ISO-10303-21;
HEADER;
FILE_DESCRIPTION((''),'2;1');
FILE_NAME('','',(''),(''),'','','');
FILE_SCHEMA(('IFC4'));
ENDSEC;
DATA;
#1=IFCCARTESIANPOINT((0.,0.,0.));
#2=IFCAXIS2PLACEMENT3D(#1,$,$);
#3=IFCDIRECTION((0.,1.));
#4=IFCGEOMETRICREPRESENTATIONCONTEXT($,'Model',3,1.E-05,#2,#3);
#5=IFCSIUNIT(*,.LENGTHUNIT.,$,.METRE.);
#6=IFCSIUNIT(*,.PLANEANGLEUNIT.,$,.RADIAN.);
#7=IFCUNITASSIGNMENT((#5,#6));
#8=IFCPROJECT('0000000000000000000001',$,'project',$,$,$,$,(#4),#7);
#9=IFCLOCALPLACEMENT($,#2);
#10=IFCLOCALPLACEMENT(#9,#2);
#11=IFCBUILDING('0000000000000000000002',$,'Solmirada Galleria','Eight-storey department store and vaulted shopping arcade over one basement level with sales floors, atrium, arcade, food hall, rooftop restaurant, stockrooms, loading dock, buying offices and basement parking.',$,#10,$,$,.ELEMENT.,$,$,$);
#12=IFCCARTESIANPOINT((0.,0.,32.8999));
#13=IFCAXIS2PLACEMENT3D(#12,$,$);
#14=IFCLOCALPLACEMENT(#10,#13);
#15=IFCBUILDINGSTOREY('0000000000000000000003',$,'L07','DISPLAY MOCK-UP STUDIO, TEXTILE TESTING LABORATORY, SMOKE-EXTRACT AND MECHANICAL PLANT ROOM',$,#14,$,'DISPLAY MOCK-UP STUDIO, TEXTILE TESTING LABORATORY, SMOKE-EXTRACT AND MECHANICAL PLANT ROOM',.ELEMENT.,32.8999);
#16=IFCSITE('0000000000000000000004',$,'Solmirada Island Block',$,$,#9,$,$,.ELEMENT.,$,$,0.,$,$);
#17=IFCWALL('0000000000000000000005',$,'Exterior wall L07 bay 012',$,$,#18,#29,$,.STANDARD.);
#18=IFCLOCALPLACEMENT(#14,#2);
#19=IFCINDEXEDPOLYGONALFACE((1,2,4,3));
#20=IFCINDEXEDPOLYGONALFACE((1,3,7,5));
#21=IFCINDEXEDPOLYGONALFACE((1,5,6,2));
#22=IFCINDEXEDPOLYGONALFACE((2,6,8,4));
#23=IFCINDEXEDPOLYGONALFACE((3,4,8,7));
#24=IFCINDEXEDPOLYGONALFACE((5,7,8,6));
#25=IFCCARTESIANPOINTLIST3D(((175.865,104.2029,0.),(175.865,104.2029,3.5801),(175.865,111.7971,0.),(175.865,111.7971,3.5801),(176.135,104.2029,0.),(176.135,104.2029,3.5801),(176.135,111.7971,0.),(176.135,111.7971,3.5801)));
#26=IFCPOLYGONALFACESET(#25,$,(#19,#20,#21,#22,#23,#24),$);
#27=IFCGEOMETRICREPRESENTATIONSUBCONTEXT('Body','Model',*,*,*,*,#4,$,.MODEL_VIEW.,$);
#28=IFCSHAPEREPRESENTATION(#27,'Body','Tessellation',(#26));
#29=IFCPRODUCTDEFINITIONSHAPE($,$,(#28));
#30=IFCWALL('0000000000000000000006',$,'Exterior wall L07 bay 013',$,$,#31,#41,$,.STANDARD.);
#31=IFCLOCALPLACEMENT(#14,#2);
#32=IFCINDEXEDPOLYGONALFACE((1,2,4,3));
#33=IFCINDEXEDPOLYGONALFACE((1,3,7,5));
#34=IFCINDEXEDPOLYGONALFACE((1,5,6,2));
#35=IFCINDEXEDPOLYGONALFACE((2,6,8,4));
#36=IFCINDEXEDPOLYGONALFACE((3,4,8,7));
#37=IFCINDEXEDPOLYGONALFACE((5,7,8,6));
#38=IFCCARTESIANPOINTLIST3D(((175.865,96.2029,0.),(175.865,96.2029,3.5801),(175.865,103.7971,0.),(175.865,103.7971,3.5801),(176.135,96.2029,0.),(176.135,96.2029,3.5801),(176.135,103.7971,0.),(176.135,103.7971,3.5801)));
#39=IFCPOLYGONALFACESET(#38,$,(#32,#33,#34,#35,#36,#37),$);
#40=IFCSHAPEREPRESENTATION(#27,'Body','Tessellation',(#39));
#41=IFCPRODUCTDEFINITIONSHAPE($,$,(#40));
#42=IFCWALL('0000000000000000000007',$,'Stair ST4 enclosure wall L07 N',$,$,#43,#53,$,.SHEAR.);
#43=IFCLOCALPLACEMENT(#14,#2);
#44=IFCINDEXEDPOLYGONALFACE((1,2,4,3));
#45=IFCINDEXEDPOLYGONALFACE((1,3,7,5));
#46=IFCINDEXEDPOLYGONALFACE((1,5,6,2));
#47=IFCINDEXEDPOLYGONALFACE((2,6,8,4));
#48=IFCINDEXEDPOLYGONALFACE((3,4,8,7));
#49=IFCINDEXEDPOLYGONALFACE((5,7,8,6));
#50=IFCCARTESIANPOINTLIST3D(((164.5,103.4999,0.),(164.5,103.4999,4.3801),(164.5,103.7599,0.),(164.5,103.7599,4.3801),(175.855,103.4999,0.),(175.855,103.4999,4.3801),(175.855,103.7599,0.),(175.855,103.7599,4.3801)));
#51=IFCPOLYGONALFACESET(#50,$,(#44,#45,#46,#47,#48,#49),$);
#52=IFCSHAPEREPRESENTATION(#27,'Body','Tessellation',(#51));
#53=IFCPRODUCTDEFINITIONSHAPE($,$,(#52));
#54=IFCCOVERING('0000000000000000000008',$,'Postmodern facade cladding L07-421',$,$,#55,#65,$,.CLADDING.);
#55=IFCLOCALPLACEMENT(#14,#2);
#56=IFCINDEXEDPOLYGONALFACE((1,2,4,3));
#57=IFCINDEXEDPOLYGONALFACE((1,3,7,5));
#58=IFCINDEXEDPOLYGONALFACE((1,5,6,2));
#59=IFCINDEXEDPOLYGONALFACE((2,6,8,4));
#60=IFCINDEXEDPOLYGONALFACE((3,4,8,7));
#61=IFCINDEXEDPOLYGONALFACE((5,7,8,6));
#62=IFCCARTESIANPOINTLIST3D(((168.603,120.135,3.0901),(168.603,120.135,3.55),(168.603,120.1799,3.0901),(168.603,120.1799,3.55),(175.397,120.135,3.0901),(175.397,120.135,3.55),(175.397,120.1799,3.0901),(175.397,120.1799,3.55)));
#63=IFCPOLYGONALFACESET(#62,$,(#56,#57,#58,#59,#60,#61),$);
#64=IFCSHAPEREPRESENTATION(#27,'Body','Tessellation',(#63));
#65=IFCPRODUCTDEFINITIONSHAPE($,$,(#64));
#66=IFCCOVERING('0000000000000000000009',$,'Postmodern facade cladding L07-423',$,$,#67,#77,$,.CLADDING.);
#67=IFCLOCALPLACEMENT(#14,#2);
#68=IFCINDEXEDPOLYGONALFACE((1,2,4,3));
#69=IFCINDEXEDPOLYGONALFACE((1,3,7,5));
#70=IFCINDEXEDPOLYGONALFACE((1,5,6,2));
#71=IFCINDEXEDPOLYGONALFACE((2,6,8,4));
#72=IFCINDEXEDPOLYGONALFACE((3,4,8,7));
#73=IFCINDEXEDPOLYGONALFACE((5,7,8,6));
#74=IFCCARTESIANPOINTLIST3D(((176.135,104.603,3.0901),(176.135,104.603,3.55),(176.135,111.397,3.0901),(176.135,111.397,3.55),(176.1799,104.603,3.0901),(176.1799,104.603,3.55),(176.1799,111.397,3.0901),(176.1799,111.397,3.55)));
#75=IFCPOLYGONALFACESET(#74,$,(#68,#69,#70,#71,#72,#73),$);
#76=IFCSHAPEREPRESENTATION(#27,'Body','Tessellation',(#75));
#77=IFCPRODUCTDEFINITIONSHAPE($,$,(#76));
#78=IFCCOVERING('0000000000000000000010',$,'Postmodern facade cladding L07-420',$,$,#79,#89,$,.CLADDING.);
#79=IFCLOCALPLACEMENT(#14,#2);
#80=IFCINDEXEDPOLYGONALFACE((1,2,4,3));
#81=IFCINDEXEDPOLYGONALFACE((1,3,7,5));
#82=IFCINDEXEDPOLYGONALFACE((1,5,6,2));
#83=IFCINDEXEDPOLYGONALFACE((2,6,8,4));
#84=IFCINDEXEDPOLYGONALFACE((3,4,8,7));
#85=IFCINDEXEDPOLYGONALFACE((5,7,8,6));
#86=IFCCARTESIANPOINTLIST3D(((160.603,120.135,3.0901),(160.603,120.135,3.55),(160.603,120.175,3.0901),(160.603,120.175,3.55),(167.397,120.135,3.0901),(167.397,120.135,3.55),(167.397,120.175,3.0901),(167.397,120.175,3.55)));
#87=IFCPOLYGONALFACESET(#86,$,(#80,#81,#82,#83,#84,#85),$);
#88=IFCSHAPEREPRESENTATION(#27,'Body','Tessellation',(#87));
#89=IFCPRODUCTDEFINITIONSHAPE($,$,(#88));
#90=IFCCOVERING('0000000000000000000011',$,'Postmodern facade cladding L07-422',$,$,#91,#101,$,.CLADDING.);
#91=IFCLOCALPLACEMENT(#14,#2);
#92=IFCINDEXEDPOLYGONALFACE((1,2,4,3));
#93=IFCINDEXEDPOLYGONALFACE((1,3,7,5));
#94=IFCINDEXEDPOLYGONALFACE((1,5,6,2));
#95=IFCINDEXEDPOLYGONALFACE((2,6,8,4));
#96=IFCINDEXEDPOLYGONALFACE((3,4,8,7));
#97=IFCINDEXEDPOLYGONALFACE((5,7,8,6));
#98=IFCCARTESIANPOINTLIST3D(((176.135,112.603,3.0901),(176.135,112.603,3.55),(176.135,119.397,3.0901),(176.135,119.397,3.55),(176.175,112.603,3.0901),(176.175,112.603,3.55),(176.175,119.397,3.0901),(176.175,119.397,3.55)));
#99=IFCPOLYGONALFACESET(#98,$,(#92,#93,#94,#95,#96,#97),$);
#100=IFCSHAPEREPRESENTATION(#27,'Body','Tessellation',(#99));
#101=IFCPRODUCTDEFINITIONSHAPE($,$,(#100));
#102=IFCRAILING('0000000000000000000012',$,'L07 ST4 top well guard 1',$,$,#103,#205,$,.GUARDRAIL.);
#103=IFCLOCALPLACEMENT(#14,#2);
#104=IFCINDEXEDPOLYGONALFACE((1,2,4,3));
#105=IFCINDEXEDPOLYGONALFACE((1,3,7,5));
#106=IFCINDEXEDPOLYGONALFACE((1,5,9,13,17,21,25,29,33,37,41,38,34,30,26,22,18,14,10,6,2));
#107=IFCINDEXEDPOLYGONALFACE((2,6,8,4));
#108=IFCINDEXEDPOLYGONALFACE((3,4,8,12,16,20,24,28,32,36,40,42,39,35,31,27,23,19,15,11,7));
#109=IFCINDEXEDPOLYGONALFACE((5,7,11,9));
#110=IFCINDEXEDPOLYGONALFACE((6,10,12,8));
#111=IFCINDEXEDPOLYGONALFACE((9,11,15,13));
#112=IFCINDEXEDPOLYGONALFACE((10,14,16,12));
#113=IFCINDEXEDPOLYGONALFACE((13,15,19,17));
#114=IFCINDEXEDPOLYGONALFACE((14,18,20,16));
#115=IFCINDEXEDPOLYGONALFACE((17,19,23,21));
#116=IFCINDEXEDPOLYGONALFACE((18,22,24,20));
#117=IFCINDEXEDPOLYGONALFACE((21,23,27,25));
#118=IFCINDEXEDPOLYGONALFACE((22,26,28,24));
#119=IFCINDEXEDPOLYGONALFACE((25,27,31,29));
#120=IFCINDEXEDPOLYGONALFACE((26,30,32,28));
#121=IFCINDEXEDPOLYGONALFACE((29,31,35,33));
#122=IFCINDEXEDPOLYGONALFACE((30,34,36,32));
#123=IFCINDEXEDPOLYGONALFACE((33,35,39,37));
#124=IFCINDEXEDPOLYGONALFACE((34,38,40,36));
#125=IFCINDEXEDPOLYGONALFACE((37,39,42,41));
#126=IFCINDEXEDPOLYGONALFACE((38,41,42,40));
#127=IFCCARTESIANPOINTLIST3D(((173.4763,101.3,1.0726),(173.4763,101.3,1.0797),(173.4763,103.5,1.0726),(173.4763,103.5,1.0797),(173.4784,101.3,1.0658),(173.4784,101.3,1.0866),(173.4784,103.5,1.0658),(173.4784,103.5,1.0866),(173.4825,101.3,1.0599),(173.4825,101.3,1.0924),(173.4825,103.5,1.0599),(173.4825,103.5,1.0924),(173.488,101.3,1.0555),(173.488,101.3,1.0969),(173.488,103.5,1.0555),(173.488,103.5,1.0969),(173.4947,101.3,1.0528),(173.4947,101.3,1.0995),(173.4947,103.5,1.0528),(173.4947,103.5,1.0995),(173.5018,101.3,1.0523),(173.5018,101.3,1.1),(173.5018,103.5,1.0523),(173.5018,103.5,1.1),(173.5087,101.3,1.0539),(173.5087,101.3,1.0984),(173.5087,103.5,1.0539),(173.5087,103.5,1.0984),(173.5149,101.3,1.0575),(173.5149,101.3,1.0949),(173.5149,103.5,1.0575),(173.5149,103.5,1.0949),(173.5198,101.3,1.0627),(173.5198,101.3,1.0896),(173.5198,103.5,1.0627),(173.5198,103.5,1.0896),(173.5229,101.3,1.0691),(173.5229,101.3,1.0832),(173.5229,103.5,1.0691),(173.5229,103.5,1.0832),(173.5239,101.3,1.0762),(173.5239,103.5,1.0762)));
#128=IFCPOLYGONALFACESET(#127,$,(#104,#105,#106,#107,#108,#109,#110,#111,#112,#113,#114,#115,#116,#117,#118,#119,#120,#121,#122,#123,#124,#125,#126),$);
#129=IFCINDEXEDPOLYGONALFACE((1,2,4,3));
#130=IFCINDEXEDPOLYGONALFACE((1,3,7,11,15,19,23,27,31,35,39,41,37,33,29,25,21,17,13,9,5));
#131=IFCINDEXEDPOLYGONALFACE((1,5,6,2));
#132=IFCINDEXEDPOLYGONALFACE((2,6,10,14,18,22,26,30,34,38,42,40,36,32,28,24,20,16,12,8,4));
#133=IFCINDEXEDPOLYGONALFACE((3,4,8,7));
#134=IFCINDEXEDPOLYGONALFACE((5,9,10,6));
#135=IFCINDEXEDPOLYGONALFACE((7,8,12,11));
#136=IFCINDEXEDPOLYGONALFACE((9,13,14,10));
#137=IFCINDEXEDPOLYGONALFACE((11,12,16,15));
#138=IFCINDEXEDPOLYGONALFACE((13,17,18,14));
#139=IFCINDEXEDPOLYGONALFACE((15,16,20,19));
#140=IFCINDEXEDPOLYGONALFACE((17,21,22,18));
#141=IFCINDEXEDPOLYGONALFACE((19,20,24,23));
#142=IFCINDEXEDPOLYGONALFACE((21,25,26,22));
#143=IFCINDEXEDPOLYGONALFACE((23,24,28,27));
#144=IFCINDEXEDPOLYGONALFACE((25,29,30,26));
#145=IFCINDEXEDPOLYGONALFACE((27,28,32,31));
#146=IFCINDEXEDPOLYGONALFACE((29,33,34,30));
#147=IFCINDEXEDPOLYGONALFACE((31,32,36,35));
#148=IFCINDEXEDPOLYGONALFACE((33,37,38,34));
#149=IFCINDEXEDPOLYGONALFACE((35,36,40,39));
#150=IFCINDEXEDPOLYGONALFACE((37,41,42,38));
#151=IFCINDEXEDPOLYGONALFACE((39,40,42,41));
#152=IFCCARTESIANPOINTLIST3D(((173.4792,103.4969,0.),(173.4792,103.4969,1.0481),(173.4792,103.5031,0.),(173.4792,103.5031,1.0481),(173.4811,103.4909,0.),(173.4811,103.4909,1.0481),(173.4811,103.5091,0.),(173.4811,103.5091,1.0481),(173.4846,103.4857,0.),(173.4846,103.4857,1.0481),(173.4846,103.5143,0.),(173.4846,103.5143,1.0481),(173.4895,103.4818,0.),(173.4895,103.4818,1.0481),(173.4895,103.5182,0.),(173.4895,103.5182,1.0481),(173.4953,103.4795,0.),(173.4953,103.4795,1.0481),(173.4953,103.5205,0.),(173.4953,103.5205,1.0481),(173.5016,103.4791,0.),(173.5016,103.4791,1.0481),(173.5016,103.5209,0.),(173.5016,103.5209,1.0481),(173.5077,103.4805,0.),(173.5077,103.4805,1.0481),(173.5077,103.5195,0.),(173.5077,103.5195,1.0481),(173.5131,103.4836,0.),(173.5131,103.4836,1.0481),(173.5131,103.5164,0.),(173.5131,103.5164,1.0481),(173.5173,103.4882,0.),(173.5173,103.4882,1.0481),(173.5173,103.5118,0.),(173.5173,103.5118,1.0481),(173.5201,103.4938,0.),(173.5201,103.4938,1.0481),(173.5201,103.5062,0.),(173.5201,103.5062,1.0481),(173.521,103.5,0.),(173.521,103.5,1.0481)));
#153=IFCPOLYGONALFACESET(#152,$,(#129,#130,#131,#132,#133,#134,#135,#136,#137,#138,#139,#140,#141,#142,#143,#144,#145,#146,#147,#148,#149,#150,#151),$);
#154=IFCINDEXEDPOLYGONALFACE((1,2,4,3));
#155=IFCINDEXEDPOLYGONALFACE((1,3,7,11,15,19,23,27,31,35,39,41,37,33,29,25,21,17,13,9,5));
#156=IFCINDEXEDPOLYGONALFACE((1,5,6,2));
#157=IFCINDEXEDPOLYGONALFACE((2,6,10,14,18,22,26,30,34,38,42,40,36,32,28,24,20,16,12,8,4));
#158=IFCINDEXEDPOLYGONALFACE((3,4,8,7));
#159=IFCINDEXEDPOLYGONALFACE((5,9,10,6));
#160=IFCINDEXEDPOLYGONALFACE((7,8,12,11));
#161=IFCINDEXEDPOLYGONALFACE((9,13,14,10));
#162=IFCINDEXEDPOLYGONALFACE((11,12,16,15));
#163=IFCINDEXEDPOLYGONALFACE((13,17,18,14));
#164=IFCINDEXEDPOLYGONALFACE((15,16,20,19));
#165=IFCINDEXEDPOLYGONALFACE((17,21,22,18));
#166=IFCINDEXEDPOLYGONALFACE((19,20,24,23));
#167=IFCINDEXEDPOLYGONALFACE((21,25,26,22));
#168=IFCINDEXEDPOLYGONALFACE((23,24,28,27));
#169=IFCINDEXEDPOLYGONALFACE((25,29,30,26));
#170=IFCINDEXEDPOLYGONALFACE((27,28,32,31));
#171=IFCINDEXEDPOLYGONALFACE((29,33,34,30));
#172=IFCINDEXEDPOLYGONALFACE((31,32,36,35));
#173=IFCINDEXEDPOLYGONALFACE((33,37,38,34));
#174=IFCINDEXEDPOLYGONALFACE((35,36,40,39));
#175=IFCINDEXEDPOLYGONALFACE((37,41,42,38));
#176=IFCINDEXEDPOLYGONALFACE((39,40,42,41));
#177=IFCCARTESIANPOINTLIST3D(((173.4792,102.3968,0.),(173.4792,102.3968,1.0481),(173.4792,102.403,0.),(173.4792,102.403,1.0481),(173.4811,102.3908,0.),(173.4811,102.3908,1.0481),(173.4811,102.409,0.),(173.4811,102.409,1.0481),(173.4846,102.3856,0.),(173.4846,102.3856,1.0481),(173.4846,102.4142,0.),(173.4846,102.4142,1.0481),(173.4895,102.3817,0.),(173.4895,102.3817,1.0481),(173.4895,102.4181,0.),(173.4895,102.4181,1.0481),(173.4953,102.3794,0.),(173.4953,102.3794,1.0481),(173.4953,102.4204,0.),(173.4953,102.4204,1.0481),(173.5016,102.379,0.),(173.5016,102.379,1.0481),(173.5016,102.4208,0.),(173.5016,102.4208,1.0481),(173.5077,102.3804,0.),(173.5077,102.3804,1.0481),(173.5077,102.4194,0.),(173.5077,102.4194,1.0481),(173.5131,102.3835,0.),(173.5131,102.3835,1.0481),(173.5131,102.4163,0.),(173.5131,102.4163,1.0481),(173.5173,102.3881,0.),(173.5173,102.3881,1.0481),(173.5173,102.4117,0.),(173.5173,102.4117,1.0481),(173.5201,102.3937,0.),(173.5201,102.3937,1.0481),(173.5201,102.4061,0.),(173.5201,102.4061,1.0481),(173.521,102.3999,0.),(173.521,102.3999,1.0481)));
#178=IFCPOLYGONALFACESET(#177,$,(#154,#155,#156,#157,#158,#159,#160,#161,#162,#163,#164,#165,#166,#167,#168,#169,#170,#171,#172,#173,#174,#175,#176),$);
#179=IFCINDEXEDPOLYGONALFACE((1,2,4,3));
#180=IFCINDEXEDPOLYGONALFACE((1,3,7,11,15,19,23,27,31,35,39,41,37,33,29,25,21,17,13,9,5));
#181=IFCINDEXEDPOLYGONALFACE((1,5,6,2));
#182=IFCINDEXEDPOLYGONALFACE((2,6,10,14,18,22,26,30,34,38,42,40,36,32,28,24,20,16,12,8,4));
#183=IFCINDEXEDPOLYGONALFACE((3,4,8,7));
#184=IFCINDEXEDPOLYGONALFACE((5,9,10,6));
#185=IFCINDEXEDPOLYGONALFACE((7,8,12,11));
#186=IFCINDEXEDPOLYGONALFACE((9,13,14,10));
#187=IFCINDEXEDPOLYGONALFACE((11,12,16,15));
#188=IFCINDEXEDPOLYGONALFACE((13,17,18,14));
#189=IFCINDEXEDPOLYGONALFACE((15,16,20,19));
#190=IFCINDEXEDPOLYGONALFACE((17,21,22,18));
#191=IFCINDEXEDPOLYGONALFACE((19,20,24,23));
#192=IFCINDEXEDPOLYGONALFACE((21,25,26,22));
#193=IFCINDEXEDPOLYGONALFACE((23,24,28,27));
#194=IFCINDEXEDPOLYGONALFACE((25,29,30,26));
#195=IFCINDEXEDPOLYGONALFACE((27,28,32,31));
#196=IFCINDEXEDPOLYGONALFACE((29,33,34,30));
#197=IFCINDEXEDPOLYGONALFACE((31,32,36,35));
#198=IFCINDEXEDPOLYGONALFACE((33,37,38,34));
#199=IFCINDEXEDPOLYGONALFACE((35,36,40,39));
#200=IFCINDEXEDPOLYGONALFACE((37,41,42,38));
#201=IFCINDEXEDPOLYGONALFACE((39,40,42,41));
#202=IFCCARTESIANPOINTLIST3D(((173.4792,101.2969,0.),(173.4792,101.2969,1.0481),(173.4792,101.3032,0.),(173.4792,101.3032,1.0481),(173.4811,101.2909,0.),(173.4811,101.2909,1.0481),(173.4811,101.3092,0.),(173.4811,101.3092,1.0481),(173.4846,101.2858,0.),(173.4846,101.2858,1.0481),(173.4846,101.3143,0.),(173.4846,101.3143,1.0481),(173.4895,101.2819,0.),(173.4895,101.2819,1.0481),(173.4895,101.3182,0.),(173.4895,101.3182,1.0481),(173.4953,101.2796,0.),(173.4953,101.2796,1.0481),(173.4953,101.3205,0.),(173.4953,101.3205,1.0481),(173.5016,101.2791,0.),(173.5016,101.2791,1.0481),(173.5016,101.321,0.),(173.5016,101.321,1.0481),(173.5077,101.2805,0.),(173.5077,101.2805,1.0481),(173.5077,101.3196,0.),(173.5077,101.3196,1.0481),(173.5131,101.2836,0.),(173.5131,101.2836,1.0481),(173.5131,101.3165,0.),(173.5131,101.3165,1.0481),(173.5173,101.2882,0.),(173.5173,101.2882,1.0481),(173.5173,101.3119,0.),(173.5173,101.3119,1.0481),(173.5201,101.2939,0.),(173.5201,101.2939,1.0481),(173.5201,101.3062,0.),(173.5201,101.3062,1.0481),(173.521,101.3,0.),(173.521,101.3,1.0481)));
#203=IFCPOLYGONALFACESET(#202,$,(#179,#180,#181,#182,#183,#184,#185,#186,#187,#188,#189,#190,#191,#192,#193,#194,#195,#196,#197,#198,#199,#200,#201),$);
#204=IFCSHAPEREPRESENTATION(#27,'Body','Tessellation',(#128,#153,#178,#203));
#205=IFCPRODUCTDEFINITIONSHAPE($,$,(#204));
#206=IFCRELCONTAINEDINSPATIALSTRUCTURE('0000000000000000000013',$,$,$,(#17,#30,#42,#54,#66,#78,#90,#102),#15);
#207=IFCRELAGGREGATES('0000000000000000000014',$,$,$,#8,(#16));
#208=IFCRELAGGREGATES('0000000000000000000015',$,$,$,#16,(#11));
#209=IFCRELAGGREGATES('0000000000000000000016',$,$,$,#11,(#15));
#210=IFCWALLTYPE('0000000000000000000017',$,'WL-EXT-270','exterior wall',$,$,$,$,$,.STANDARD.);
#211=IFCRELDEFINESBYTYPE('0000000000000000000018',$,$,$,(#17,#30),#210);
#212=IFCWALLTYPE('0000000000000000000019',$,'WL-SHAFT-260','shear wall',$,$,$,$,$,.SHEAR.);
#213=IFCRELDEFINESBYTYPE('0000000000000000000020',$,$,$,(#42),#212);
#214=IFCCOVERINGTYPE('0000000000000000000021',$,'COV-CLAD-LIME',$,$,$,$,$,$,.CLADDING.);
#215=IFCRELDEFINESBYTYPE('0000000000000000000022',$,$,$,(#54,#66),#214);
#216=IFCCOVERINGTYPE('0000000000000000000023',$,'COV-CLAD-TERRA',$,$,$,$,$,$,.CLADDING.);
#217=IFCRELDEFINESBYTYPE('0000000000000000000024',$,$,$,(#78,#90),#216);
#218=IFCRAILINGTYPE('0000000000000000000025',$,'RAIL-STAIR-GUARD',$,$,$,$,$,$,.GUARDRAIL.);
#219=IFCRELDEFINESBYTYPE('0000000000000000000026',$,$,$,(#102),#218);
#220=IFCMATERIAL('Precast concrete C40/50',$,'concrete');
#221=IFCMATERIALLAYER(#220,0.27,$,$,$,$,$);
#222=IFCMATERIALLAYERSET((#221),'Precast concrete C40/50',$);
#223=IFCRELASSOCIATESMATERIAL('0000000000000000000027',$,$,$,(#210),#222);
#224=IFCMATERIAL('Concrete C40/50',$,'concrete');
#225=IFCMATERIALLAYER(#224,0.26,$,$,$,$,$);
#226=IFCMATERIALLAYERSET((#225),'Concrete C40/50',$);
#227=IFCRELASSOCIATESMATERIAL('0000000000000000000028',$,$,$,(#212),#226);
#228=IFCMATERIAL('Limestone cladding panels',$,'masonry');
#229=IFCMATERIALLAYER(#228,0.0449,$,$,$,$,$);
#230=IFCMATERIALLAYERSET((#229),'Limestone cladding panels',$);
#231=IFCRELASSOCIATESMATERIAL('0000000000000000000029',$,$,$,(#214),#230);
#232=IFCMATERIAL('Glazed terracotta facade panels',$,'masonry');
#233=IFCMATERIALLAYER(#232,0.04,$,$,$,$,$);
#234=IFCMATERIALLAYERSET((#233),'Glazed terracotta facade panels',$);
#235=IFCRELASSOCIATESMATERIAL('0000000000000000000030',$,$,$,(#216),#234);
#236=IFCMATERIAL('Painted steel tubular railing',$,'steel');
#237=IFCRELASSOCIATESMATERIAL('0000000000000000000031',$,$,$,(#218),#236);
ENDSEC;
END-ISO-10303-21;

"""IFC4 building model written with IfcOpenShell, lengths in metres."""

from ifc_helpers import new_model, si_unit, direction, frame, frame_2d, origin, origin_2d, place, context, subcontext, project, spatial, rectangle, circle, extrude, material, layer, layer_set, type_object, element, save


model = new_model("IFC4")

# Units and contexts
model_context = context("Model", 3, precision=1e-05, world=origin(), true_north=direction((0.0, 1.0)))
body_context = subcontext(model_context, "Body", "Model", "MODEL_VIEW")
ifc_project = project(units=[si_unit("LENGTHUNIT", "METRE"), si_unit("PLANEANGLEUNIT", "RADIAN")], contexts=[model_context])

# Site, building, storey
site_placement = place(None, origin())
site = spatial("IfcSite", under=ifc_project, at=site_placement, Name="Solmirada Island Block", CompositionType="ELEMENT", RefElevation=0.0)
building_placement = place(site_placement, origin())
building = spatial("IfcBuilding", under=site, at=building_placement, Name="Solmirada Galleria", Description="Eight-storey department store and vaulted shopping arcade over one basement level with sales floors, atrium, arcade, food hall, rooftop restaurant, stockrooms, loading dock, buying offices and basement parking.", CompositionType="ELEMENT")
storey_placement = place(building_placement, frame((0.0, 0.0, 32.8999)))
storey = spatial("IfcBuildingStorey", under=building, at=storey_placement, Name="L07", Description="DISPLAY MOCK-UP STUDIO, TEXTILE TESTING LABORATORY, SMOKE-EXTRACT AND MECHANICAL PLANT ROOM", LongName="DISPLAY MOCK-UP STUDIO, TEXTILE TESTING LABORATORY, SMOKE-EXTRACT AND MECHANICAL PLANT ROOM", CompositionType="ELEMENT", Elevation=32.8999)

# Shared definitions
ifc_material_1 = material(Name="Concrete C40/50", Category="concrete")

# Shared definitions
ifc_material_2 = material(Name="Precast concrete C40/50", Category="concrete")
ifc_layer_1 = layer(ifc_material_2, 0.27)
ifc_layer_set_1 = layer_set([ifc_layer_1], Name="Precast concrete C40/50")
wall_type_1 = type_object("IfcWallType", Name="WL-EXT-270", Description="exterior wall", PredefinedType="STANDARD", material=ifc_layer_set_1)

# Walls
for number, where, z_axis, x_axis, name in (
    (1, (176.0, 111.7971, 0.0), (0.0, 0.0, 1.0), (0.0, -1.0, 0.0), "Exterior wall L07 bay 012"),
    (2, (176.0, 103.7971, 0.0), (0.0, 0.0, 1.0), (0.0, -1.0, 0.0), "Exterior wall L07 bay 013"),
):
    element("IfcWall", number, at=place(storey_placement, frame(where, z_axis=z_axis, x_axis=x_axis)), inside=storey, type_object=wall_type_1, Name=name, PredefinedType="STANDARD", context=body_context, shape_type="SweptSolid", body=[
        extrude(rectangle(XDim=7.5942, YDim=0.27, at=frame_2d((3.7971, 0.0))), origin(), (0.0, 0.0, 1.0), 3.5801),
    ])
ifc_layer_2 = layer(ifc_material_1, 0.26)
ifc_layer_set_2 = layer_set([ifc_layer_2], Name="Concrete C40/50")
wall_type_2 = type_object("IfcWallType", Name="WL-SHAFT-260", Description="shear wall", PredefinedType="SHEAR", material=ifc_layer_set_2)
wall_1_placement = place(storey_placement, frame((164.5, 103.6299, 0.0), z_axis=(0.0, 0.0, 1.0), x_axis=(1.0, 0.0, 0.0)))
element("IfcWall", 3, at=wall_1_placement, inside=storey, type_object=wall_type_2, Name="Stair ST4 enclosure wall L07 N", PredefinedType="SHEAR", context=body_context, shape_type="SweptSolid", body=[
    extrude(rectangle(XDim=11.355, YDim=0.26, at=frame_2d((5.6775, 0.0))), origin(), (0.0, 0.0, 1.0), 4.3801),
])

# Coverings
ifc_material_3 = material(Name="Limestone cladding panels", Category="masonry")
ifc_layer_3 = layer(ifc_material_3, 0.0449)
ifc_layer_set_3 = layer_set([ifc_layer_3], Name="Limestone cladding panels")
covering_type_1 = type_object("IfcCoveringType", Name="COV-CLAD-LIME", PredefinedType="CLADDING", material=ifc_layer_set_3)
for number, where, z_axis, x_axis, name in (
    (4, (172.0, 120.1575, 3.0901), (0.0, 0.0, 1.0), (1.0, 0.0, 0.0), "Postmodern facade cladding L07-421"),
    (5, (176.1575, 108.0, 3.0901), (0.0, 0.0, 1.0), (0.0, -1.0, 0.0), "Postmodern facade cladding L07-423"),
):
    element("IfcCovering", number, at=place(storey_placement, frame(where, z_axis=z_axis, x_axis=x_axis)), inside=storey, type_object=covering_type_1, Name=name, PredefinedType="CLADDING", context=body_context, shape_type="SweptSolid", body=[
        extrude(rectangle(XDim=6.7939, YDim=0.0449, at=origin_2d()), origin(), (0.0, 0.0, 1.0), 0.46),
    ])
ifc_material_4 = material(Name="Glazed terracotta facade panels", Category="masonry")
ifc_layer_4 = layer(ifc_material_4, 0.04)
ifc_layer_set_4 = layer_set([ifc_layer_4], Name="Glazed terracotta facade panels")
covering_type_2 = type_object("IfcCoveringType", Name="COV-CLAD-TERRA", PredefinedType="CLADDING", material=ifc_layer_set_4)
for number, where, z_axis, x_axis, name in (
    (6, (164.0, 120.155, 3.0901), (0.0, 0.0, 1.0), (1.0, 0.0, 0.0), "Postmodern facade cladding L07-420"),
    (7, (176.155, 116.0, 3.0901), (0.0, 0.0, 1.0), (0.0, -1.0, 0.0), "Postmodern facade cladding L07-422"),
):
    element("IfcCovering", number, at=place(storey_placement, frame(where, z_axis=z_axis, x_axis=x_axis)), inside=storey, type_object=covering_type_2, Name=name, PredefinedType="CLADDING", context=body_context, shape_type="SweptSolid", body=[
        extrude(rectangle(XDim=6.7939, YDim=0.04, at=origin_2d()), origin(), (0.0, 0.0, 1.0), 0.46),
    ])

# Railing
ifc_material_5 = material(Name="Painted steel tubular railing", Category="steel")
railing_type = type_object("IfcRailingType", Name="RAIL-STAIR-GUARD", PredefinedType="GUARDRAIL", material=ifc_material_5)
railing_1_placement = place(storey_placement, frame((173.5, 103.5, 0.0)))
element("IfcRailing", 8, at=railing_1_placement, inside=storey, type_object=railing_type, Name="L07 ST4 top well guard 1", PredefinedType="GUARDRAIL", context=body_context, shape_type="SweptSolid", body=[
    extrude(circle(Radius=0.0239, at=origin_2d()), frame((0.0, 0.0, 1.0762), z_axis=(0.0, -1.0, 0.0), x_axis=(1.0, 0.0, 0.0)), (0.0, 0.0, 1.0), 2.2),
    extrude(circle(Radius=0.021, at=origin_2d()), origin(), (0.0, 0.0, 1.0), 1.0481),
    extrude(circle(Radius=0.021, at=origin_2d()), frame((0.0, -1.1001, 0.0)), (0.0, 0.0, 1.0), 1.0481),
    extrude(circle(Radius=0.021, at=origin_2d()), frame((0.0, -2.2, 0.0)), (0.0, 0.0, 1.0), 1.0481),
])

save(model, "model.ifc")
